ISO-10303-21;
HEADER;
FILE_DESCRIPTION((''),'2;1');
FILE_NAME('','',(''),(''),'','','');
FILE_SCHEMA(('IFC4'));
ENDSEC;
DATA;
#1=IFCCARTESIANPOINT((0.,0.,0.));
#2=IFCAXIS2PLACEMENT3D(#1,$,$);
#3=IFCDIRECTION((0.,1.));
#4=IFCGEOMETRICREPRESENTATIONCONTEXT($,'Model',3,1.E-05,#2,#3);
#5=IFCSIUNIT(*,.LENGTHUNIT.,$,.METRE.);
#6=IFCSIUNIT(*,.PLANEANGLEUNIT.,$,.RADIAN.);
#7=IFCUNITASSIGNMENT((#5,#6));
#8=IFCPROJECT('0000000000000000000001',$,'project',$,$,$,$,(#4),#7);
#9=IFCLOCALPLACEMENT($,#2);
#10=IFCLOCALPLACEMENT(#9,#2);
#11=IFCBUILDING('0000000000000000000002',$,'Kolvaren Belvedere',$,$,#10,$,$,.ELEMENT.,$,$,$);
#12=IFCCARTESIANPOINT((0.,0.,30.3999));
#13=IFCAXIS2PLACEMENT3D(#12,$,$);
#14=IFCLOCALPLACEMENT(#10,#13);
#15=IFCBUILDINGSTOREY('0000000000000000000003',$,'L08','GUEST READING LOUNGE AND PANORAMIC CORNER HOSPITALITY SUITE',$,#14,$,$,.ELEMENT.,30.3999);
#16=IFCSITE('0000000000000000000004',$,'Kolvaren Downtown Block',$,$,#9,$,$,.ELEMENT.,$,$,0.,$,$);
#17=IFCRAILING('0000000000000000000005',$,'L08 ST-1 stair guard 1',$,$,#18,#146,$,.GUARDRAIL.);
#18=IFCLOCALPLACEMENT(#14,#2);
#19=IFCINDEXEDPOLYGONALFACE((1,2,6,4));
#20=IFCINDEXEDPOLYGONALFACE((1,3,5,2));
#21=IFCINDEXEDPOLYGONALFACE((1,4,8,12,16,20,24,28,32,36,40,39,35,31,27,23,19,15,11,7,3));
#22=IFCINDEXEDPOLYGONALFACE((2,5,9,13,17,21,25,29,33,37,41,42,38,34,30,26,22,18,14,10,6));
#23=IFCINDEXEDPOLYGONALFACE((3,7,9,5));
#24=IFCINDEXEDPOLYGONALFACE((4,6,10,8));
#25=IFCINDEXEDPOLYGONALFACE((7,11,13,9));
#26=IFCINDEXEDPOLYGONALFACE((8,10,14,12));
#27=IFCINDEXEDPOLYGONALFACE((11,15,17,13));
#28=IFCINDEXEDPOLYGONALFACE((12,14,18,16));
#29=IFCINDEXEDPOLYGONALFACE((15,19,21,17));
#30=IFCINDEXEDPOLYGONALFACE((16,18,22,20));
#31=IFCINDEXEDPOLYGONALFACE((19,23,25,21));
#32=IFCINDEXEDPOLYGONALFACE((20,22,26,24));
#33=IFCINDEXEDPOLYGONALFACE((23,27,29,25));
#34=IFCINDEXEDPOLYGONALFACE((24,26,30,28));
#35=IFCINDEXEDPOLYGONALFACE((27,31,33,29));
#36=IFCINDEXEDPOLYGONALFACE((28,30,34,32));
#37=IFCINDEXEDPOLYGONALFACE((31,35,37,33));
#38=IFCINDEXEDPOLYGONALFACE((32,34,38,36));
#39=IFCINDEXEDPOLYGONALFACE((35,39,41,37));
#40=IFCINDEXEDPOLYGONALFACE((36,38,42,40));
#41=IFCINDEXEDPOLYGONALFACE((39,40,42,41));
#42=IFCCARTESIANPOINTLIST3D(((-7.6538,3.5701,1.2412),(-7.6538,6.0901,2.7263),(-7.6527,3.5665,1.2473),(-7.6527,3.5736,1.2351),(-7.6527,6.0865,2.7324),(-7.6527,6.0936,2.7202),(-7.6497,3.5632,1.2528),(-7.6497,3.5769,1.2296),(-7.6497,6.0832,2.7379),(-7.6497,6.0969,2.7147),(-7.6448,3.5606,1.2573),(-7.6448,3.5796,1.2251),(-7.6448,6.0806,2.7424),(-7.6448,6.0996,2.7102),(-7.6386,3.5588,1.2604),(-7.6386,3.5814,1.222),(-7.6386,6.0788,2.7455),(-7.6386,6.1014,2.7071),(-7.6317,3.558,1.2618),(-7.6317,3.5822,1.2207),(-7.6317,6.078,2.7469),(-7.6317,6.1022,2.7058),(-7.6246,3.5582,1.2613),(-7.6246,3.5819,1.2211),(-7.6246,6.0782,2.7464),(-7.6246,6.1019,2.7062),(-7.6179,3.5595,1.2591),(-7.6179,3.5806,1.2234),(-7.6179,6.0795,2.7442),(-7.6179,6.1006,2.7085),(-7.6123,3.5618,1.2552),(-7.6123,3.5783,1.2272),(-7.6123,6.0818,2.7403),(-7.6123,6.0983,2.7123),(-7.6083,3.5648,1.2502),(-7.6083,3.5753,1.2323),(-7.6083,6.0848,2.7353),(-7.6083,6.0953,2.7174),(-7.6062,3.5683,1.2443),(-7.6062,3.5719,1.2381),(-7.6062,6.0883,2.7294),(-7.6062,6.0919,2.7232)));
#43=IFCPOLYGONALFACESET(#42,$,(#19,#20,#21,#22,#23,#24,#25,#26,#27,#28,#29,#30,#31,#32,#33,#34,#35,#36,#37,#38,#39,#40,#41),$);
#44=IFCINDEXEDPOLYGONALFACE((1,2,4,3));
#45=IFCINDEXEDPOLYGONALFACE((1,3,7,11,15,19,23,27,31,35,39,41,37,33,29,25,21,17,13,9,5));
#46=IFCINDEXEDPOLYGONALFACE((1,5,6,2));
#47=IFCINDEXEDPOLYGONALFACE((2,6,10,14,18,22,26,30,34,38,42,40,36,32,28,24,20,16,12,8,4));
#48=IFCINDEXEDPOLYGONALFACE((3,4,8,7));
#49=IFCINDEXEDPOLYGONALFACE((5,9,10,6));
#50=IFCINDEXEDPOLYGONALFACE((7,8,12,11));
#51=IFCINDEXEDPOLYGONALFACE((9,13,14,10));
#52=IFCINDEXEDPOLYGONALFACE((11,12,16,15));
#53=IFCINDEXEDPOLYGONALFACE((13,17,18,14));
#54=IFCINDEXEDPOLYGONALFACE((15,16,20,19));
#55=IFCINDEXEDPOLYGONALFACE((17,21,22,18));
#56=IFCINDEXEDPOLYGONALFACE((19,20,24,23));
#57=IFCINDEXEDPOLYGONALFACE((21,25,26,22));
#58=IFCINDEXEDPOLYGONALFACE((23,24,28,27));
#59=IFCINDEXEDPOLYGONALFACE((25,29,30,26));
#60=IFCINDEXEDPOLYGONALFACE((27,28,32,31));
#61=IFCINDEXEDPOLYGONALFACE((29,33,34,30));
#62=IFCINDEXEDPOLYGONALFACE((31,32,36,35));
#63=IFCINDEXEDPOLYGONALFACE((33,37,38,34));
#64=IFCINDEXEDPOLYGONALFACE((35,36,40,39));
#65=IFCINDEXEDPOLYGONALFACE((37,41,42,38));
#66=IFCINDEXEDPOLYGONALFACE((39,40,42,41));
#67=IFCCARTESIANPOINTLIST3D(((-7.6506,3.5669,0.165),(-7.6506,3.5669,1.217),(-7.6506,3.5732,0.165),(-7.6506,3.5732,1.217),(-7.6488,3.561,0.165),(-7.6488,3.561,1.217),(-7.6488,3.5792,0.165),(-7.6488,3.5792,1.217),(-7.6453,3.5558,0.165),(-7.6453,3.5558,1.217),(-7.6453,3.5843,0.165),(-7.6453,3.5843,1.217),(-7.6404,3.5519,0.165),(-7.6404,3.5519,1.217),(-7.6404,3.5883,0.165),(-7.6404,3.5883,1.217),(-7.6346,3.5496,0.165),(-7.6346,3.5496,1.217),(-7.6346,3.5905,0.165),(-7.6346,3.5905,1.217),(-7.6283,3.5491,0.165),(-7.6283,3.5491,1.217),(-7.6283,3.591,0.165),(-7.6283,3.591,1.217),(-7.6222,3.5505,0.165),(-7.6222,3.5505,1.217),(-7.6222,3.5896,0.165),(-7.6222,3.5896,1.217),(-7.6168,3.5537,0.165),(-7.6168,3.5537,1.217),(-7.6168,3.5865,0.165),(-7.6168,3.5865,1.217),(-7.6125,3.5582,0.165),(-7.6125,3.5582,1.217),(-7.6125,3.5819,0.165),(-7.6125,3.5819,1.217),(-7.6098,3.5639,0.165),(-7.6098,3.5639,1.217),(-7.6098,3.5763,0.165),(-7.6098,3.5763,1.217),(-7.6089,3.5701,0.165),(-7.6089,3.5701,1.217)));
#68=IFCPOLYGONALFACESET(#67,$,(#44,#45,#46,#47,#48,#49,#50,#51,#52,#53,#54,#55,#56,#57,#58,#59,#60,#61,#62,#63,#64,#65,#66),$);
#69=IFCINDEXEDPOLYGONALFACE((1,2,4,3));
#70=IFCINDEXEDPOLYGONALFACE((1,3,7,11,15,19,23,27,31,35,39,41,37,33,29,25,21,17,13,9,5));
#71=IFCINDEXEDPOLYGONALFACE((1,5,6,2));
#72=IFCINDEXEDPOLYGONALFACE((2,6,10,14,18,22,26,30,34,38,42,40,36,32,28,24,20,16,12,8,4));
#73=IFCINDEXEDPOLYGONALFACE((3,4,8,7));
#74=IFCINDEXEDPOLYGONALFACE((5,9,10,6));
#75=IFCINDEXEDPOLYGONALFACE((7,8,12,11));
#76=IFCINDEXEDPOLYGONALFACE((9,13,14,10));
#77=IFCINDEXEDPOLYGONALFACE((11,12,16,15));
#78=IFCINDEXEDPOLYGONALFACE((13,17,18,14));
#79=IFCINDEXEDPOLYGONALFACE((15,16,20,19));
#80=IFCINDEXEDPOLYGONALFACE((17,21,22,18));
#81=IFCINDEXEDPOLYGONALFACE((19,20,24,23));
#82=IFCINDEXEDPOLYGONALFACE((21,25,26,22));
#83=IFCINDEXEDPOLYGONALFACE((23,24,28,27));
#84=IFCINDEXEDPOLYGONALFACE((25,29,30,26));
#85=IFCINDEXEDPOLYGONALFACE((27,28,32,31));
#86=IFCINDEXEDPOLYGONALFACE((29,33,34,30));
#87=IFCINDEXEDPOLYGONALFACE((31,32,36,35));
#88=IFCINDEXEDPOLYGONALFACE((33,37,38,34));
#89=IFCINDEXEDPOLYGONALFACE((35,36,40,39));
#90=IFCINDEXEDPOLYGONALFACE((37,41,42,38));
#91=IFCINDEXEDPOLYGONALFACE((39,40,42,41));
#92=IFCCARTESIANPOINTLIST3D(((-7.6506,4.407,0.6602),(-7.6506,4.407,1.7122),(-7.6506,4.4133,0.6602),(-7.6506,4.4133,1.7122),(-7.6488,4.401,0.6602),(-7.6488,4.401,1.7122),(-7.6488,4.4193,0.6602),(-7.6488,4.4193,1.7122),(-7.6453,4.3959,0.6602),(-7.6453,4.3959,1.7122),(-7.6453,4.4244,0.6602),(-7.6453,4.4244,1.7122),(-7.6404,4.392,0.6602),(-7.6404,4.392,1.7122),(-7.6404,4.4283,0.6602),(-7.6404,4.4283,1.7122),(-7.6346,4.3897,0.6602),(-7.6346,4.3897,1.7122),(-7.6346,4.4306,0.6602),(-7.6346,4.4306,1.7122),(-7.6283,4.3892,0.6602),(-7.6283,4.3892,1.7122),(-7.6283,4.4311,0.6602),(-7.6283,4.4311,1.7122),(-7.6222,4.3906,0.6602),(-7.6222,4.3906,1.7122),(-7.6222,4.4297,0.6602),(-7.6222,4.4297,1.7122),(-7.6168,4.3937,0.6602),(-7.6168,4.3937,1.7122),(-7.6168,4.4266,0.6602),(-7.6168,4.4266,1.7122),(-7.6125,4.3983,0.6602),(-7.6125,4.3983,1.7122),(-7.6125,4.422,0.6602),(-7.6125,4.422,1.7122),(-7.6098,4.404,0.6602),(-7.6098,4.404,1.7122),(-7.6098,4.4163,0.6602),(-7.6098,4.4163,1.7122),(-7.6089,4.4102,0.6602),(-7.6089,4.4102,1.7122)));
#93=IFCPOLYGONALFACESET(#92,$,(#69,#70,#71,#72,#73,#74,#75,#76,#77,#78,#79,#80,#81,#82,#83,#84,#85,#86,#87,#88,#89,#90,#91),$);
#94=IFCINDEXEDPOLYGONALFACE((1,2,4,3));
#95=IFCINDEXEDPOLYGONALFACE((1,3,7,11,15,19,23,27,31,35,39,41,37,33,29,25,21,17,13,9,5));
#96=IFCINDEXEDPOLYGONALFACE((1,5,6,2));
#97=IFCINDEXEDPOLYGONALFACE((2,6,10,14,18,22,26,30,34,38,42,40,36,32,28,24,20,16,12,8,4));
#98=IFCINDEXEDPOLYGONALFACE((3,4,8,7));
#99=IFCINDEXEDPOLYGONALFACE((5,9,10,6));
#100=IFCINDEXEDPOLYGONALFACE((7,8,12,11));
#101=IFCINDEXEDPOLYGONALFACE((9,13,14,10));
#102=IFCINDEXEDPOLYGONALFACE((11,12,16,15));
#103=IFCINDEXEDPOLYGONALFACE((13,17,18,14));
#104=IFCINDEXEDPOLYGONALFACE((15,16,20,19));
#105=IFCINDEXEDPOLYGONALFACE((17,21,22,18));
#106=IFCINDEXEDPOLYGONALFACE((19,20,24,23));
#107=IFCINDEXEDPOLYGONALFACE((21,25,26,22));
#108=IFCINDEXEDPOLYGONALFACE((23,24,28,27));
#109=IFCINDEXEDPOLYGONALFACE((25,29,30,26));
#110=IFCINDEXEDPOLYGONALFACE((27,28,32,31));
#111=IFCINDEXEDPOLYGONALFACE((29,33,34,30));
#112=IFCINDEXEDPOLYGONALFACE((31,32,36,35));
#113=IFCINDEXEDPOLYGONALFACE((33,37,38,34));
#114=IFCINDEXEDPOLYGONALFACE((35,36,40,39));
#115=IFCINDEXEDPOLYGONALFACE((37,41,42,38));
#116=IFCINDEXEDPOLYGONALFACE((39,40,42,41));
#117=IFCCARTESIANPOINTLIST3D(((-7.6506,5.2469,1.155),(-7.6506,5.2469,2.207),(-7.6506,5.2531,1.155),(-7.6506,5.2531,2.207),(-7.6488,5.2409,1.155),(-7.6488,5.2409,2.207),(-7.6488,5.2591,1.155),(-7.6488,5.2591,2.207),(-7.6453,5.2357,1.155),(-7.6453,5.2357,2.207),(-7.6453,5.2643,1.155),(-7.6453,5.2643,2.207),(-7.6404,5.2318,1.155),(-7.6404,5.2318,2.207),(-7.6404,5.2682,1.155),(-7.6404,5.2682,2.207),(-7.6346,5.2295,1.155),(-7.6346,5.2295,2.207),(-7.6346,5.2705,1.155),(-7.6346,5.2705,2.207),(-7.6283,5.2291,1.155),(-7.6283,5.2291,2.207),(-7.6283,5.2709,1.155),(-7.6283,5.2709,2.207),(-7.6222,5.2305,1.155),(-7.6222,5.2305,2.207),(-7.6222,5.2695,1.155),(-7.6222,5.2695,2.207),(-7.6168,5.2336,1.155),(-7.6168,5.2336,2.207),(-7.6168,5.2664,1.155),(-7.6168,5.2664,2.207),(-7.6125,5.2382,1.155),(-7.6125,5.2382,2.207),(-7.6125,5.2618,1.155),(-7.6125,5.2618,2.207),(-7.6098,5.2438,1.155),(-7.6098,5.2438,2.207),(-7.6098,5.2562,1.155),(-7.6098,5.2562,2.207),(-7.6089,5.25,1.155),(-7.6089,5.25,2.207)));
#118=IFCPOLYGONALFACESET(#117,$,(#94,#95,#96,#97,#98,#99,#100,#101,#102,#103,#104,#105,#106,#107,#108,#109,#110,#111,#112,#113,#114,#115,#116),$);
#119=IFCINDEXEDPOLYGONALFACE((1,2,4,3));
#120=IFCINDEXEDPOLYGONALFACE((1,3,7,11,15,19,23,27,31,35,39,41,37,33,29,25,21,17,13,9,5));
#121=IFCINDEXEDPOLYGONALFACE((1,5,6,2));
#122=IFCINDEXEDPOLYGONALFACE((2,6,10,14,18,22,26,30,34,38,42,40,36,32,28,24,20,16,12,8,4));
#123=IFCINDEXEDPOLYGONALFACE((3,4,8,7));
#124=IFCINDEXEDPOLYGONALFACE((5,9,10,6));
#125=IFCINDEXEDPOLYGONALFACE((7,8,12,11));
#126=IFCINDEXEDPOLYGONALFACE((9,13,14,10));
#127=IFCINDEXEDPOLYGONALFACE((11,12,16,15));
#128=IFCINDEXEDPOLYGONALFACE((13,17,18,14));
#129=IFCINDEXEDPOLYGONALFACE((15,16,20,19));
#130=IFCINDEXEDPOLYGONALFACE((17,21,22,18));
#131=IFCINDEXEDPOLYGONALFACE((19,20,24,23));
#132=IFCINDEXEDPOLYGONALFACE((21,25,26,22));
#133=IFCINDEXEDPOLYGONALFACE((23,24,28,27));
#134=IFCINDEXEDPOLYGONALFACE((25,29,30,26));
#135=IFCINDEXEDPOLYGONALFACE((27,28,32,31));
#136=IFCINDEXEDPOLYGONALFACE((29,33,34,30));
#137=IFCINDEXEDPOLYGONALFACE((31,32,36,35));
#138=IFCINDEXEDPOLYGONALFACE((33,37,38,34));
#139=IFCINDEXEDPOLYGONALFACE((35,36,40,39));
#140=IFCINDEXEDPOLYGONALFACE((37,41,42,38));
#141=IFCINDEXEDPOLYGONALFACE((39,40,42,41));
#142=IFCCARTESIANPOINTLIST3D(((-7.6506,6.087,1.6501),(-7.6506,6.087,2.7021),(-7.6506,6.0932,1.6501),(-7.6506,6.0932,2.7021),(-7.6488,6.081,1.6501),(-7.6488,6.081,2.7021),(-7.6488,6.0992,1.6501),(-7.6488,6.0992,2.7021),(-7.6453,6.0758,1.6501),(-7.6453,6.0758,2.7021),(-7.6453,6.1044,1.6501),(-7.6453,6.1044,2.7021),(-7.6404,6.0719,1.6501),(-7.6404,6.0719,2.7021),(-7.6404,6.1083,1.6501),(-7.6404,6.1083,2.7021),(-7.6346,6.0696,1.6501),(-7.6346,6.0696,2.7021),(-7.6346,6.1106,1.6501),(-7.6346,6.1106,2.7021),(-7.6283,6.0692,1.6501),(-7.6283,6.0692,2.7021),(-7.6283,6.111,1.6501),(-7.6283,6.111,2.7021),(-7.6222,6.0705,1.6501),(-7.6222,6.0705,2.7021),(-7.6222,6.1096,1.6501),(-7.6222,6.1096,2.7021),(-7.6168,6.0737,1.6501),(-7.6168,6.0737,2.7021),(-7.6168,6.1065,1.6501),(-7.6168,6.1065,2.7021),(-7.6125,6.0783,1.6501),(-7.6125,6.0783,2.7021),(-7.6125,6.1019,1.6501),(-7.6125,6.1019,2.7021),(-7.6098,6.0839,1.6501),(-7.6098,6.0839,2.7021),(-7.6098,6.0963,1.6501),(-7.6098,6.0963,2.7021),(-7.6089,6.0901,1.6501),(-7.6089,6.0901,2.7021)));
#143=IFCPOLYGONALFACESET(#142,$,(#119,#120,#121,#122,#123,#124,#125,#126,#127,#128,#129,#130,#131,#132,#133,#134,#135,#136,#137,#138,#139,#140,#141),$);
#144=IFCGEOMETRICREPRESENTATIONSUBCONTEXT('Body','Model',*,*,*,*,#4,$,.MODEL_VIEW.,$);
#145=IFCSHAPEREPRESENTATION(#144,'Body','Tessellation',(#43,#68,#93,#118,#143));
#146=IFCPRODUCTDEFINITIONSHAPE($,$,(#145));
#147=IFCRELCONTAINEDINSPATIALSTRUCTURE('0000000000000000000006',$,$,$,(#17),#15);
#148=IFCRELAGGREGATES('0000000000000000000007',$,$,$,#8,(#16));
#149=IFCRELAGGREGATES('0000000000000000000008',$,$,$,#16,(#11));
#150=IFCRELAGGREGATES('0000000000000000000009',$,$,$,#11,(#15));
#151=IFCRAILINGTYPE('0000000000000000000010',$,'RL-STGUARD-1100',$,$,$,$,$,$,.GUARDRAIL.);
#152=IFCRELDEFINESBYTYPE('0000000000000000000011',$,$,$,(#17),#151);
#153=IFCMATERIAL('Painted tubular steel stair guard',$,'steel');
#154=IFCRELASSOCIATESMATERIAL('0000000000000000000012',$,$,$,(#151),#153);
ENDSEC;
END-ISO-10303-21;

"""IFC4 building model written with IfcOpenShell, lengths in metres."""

from ifc_helpers import new_model, si_unit, direction, frame, origin, origin_2d, place, context, subcontext, project, spatial, circle, extrude, material, type_object, element, save


model = new_model("IFC4")

# Units and contexts
model_context = context("Model", 3, precision=1e-05, world=origin(), true_north=direction((0.0, 1.0)))
body_context = subcontext(model_context, "Body", "Model", "MODEL_VIEW")
ifc_project = project(units=[si_unit("LENGTHUNIT", "METRE"), si_unit("PLANEANGLEUNIT", "RADIAN")], contexts=[model_context])

# Site, building, storey
site_placement = place(None, origin())
site = spatial("IfcSite", under=ifc_project, at=site_placement, Name="Kolvaren Downtown Block", CompositionType="ELEMENT", RefElevation=0.0)
building_placement = place(site_placement, origin())
building = spatial("IfcBuilding", under=site, at=building_placement, Name="Kolvaren Belvedere", CompositionType="ELEMENT")
storey_placement = place(building_placement, frame((0.0, 0.0, 30.3999)))
storey = spatial("IfcBuildingStorey", under=building, at=storey_placement, Name="L08", Description="GUEST READING LOUNGE AND PANORAMIC CORNER HOSPITALITY SUITE", CompositionType="ELEMENT", Elevation=30.3999)

# Railing
ifc_material_1 = material(Name="Painted tubular steel stair guard", Category="steel")
railing_type_1 = type_object("IfcRailingType", Name="RL-STGUARD-1100", PredefinedType="GUARDRAIL", material=ifc_material_1)
railing_1_placement = place(storey_placement, frame((-7.6299, 3.5701, 0.165)))
element("IfcRailing", 1, at=railing_1_placement, inside=storey, type_object=railing_type_1, Name="L08 ST-1 stair guard 1", PredefinedType="GUARDRAIL", context=body_context, shape_type="SweptSolid", body=[
    extrude(circle(Radius=0.0239, at=origin_2d()), frame((0.0, 0.0, 1.0762), z_axis=(0.0, 0.861524, 0.507717), x_axis=(-1.0, 0.0, 0.0)), (0.0, 0.0, 1.0), 2.925),
    extrude(circle(Radius=0.021, at=origin_2d()), origin(), (0.0, 0.0, 1.0), 1.052),
    extrude(circle(Radius=0.021, at=origin_2d()), frame((0.0, 0.8401, 0.4951)), (0.0, 0.0, 1.0), 1.052),
    extrude(circle(Radius=0.021, at=origin_2d()), frame((0.0, 1.6799, 0.99)), (0.0, 0.0, 1.0), 1.052),
    extrude(circle(Radius=0.021, at=origin_2d()), frame((0.0, 2.52, 1.4851)), (0.0, 0.0, 1.0), 1.052),
])

save(model, "model.ifc")
